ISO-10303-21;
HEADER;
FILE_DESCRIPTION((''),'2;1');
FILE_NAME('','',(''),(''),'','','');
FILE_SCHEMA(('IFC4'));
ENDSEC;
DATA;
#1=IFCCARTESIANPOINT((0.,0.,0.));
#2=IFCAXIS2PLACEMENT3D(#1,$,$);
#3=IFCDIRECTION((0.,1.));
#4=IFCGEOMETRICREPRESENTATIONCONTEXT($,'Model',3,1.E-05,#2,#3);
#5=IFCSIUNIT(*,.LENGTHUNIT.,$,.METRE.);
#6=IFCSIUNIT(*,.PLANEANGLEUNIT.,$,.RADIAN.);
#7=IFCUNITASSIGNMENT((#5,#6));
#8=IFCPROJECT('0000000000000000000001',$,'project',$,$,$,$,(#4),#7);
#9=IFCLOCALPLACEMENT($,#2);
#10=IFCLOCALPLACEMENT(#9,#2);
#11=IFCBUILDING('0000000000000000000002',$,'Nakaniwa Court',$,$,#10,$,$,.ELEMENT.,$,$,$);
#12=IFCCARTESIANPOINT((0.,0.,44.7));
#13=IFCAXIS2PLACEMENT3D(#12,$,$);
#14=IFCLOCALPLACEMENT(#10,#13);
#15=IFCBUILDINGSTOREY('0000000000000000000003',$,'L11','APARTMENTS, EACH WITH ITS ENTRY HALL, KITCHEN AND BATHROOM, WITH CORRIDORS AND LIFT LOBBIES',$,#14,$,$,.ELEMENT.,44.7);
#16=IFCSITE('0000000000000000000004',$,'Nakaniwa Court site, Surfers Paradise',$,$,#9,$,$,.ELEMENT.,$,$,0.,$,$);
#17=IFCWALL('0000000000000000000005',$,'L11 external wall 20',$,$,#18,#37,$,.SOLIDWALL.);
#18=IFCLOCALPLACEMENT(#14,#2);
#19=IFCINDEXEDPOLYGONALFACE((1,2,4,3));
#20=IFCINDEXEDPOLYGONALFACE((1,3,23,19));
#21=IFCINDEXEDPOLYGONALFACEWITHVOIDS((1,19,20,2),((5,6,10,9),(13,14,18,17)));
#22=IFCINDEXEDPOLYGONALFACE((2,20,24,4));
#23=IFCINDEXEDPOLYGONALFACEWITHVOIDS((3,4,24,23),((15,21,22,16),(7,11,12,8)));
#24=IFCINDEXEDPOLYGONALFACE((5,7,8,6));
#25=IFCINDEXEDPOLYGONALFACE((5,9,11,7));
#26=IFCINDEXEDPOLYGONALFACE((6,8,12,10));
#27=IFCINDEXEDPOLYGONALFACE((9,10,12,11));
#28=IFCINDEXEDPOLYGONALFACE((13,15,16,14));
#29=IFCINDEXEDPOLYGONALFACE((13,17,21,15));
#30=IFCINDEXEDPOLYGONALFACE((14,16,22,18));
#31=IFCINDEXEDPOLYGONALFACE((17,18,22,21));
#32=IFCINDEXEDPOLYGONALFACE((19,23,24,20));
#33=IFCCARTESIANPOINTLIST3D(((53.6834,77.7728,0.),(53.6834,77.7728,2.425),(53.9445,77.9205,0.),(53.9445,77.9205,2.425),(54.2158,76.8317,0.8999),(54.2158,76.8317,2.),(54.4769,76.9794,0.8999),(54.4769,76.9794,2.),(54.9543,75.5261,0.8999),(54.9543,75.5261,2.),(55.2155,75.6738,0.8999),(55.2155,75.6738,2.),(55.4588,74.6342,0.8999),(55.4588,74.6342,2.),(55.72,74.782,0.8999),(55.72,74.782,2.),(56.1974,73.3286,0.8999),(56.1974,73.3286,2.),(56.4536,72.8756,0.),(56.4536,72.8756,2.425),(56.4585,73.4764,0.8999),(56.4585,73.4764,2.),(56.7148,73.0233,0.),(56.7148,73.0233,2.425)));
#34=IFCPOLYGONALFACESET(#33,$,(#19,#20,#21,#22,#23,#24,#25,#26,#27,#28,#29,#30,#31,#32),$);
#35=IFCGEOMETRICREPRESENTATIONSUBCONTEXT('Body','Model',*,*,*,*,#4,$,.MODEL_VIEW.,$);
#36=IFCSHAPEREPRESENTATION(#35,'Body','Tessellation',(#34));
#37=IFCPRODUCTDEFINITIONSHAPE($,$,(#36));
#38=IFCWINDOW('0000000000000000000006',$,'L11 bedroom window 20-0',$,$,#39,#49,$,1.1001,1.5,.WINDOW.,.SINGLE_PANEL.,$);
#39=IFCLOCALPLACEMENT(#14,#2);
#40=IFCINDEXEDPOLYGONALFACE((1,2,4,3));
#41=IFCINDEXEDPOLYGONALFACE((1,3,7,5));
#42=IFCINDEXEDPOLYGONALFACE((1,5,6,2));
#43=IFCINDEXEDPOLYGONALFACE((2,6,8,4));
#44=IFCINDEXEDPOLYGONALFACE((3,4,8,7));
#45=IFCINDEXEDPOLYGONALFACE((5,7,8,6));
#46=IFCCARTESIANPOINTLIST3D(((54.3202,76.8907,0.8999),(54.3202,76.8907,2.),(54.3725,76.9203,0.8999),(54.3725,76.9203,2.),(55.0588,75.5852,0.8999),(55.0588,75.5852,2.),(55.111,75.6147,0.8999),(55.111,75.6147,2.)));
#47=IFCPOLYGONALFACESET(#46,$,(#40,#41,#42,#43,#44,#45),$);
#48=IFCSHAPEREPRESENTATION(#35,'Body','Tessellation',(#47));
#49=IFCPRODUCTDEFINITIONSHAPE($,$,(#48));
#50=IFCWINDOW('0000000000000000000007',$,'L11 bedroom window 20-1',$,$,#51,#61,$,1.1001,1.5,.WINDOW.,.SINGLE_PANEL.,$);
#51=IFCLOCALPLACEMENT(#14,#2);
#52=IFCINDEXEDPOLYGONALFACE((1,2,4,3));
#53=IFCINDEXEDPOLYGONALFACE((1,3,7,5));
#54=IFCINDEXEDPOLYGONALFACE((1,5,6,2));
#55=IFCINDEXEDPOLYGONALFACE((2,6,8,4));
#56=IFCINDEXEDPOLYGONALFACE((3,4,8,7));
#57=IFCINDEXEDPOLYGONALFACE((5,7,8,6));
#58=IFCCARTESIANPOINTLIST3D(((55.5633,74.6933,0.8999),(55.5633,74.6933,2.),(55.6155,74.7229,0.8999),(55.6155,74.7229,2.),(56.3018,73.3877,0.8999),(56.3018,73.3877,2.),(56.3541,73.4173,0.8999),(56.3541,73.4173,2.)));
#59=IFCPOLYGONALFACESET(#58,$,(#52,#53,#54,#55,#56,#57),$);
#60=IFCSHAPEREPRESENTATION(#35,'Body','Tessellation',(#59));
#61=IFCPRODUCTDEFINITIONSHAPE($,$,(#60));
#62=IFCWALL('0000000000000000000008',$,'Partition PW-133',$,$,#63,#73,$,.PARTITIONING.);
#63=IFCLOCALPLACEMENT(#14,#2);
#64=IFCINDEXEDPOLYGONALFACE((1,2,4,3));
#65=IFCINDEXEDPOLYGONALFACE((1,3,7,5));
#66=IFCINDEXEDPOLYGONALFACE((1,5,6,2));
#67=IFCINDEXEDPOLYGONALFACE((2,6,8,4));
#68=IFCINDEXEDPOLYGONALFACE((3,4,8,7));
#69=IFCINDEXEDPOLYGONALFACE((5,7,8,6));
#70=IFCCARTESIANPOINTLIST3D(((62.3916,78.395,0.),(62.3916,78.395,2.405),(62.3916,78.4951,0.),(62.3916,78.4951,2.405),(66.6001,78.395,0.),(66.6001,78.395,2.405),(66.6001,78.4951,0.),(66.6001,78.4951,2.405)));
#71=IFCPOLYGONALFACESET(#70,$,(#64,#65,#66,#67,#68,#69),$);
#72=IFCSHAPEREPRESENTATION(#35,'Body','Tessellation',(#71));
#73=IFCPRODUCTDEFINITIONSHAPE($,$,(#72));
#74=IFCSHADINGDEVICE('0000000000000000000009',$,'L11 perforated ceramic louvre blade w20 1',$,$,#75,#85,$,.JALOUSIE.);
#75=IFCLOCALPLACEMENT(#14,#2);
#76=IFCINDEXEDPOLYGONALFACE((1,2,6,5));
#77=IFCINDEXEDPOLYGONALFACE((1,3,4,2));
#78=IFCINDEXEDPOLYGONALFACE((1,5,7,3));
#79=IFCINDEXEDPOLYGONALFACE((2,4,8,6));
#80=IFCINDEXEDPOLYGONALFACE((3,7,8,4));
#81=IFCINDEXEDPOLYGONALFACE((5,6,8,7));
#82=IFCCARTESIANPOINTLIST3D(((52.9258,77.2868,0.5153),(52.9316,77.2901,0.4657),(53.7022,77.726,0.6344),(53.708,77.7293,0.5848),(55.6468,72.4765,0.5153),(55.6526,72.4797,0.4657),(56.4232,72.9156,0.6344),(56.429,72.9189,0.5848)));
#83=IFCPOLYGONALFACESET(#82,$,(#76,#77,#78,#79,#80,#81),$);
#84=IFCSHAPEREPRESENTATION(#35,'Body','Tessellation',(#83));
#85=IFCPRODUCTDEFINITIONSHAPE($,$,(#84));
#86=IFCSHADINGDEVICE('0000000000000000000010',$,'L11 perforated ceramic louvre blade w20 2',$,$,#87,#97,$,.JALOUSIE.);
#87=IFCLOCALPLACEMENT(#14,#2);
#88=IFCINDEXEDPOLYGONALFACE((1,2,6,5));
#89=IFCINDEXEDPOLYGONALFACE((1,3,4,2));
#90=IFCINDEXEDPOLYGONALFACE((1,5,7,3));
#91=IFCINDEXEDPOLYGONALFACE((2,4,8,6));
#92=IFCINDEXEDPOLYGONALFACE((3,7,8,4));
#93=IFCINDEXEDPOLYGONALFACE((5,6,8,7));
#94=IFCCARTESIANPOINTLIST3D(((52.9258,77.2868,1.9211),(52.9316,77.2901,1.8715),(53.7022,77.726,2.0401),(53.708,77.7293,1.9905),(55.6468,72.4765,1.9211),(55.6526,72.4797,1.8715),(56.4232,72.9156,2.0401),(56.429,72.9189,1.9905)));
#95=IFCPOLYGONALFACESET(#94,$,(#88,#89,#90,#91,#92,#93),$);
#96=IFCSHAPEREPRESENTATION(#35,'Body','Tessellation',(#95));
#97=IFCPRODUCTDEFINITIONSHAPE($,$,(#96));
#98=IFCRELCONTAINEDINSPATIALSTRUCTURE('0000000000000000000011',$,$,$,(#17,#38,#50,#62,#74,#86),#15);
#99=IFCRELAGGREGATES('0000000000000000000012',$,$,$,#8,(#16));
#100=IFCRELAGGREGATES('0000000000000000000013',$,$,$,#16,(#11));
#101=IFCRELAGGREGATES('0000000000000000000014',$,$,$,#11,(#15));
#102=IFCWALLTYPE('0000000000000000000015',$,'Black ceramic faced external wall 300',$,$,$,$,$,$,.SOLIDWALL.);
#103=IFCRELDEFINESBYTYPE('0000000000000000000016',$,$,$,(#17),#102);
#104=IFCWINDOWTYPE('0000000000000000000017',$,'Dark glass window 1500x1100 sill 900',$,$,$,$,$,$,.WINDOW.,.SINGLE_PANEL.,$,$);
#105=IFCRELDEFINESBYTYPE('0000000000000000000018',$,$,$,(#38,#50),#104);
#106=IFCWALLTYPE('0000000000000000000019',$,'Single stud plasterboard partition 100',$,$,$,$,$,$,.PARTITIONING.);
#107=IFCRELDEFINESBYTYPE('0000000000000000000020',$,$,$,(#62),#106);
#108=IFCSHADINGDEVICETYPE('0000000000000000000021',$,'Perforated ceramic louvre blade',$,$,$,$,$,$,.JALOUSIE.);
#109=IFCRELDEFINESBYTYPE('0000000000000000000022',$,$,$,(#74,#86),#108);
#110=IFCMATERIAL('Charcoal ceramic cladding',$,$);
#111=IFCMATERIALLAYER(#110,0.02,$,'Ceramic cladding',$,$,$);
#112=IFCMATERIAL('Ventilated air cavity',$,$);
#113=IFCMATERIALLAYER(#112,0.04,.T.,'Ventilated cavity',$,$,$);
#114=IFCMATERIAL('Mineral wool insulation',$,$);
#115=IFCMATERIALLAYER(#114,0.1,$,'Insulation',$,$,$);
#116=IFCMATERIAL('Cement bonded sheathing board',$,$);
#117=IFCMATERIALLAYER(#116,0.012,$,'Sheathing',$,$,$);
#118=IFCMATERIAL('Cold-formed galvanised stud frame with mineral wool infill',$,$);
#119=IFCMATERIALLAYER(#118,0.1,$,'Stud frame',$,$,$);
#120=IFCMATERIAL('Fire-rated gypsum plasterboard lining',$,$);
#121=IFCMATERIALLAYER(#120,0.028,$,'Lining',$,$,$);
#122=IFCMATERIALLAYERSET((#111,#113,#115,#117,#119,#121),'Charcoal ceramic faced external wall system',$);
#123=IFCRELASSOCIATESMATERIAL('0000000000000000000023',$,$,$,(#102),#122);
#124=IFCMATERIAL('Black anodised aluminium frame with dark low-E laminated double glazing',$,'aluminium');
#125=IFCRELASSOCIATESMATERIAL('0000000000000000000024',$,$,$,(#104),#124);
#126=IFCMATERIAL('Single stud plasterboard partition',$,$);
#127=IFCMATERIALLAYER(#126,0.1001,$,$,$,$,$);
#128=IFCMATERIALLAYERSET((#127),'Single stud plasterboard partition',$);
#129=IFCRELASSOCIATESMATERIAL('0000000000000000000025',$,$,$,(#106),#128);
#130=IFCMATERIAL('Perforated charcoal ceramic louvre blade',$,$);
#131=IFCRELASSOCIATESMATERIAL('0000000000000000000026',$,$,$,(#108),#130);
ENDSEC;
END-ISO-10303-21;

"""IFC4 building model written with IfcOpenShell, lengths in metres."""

from ifc_helpers import new_model, si_unit, direction, frame, frame_2d, origin, origin_2d, place, context, subcontext, project, spatial, rectangle, extrude, material, layer, layer_set, material_profile, profile_set, type_object, element, fill, save


model = new_model("IFC4")

# Units and contexts
model_context = context("Model", 3, precision=1e-05, world=origin(), true_north=direction((0.0, 1.0)))
body_context = subcontext(model_context, "Body", "Model", "MODEL_VIEW")
ifc_project = project(units=[si_unit("LENGTHUNIT", "METRE"), si_unit("PLANEANGLEUNIT", "RADIAN")], contexts=[model_context])

# Site, building, storey
site_placement = place(None, origin())
site = spatial("IfcSite", under=ifc_project, at=site_placement, Name="Nakaniwa Court site, Surfers Paradise", CompositionType="ELEMENT", RefElevation=0.0)
building_placement = place(site_placement, origin())
building = spatial("IfcBuilding", under=site, at=building_placement, Name="Nakaniwa Court", CompositionType="ELEMENT")
storey_placement = place(building_placement, frame((0.0, 0.0, 44.7)))
storey = spatial("IfcBuildingStorey", under=building, at=storey_placement, Name="L11", Description="APARTMENTS, EACH WITH ITS ENTRY HALL, KITCHEN AND BATHROOM, WITH CORRIDORS AND LIFT LOBBIES", CompositionType="ELEMENT", Elevation=44.7)

# Shared definitions
ifc_material_1 = material(Name="Charcoal ceramic cladding")
ifc_layer_1 = layer(ifc_material_1, 0.02, Name="Ceramic cladding")
ifc_material_2 = material(Name="Ventilated air cavity")
ifc_layer_2 = layer(ifc_material_2, 0.04, ventilated=True, Name="Ventilated cavity")
ifc_material_3 = material(Name="Mineral wool insulation")
ifc_layer_3 = layer(ifc_material_3, 0.1, Name="Insulation")
ifc_material_4 = material(Name="Cement bonded sheathing board")
ifc_layer_4 = layer(ifc_material_4, 0.012, Name="Sheathing")
ifc_material_5 = material(Name="Cold-formed galvanised stud frame with mineral wool infill")
ifc_layer_5 = layer(ifc_material_5, 0.1, Name="Stud frame")
ifc_material_6 = material(Name="Fire-rated gypsum plasterboard lining")
ifc_layer_6 = layer(ifc_material_6, 0.028, Name="Lining")
ifc_layer_set_1 = layer_set([ifc_layer_1, ifc_layer_2, ifc_layer_3, ifc_layer_4, ifc_layer_5, ifc_layer_6], Name="Charcoal ceramic faced external wall system")
wall_type_1 = type_object("IfcWallType", Name="Black ceramic faced external wall 300", PredefinedType="SOLIDWALL", material=ifc_layer_set_1)
ifc_material_7 = material(Name="Black anodised aluminium frame with dark low-E laminated double glazing", Category="aluminium")
window_type_1 = type_object("IfcWindowType", Name="Dark glass window 1500x1100 sill 900", PartitioningType="SINGLE_PANEL", PredefinedType="WINDOW", material=ifc_material_7)

# Wall, openings, windows
wall_1_placement = place(storey_placement, frame((53.814, 77.8467, 0.0), z_axis=(0.0, 0.0, 1.0), x_axis=(0.492363, -0.87039, 0.0)))
wall_1 = element("IfcWall", 1, at=wall_1_placement, inside=storey, type_object=wall_type_1, Name="L11 external wall 20", PredefinedType="SOLIDWALL", context=body_context, shape_type="SweptSolid", body=[
    extrude(rectangle(XDim=5.6265, YDim=0.3, at=frame_2d((2.8132, 0.0))), origin(), (0.0, 0.0, 1.0), 2.425),
])
opening_1_placement = place(wall_1_placement, frame((1.0813, 0.0, 0.8999)))
opening_1 = element("IfcOpeningElement", 2, at=opening_1_placement, cuts=wall_1, PredefinedType="OPENING", context=body_context, shape_type="SweptSolid", body=[
    extrude(rectangle(XDim=1.5, YDim=1.1001, at=frame_2d((0.75, 0.55))), frame((0.0, 0.1599, 0.0), z_axis=(0.0, -1.0, 0.0), x_axis=(1.0, 0.0, 0.0)), (0.0, 0.0, 1.0), 0.3201),
])
opening_2_placement = place(wall_1_placement, frame((3.606, 0.0, 0.8999)))
opening_2 = element("IfcOpeningElement", 3, at=opening_2_placement, cuts=wall_1, PredefinedType="OPENING", context=body_context, shape_type="SweptSolid", body=[
    extrude(rectangle(XDim=1.5, YDim=1.1001, at=frame_2d((0.75, 0.55))), frame((0.0, 0.1599, 0.0), z_axis=(0.0, -1.0, 0.0), x_axis=(1.0, 0.0, 0.0)), (0.0, 0.0, 1.0), 0.3201),
])
window_1_placement = place(opening_1_placement, origin())
window_1 = element("IfcWindow", 4, at=window_1_placement, inside=storey, type_object=window_type_1, Name="L11 bedroom window 20-0", OverallHeight=1.1001, OverallWidth=1.5, PartitioningType="SINGLE_PANEL", PredefinedType="WINDOW", context=body_context, shape_type="SweptSolid", body=[
    extrude(rectangle(XDim=1.5, YDim=1.1001, at=frame_2d((0.75, 0.55))), frame((0.0, 0.03, 0.0), z_axis=(0.0, -1.0, 0.0), x_axis=(1.0, 0.0, 0.0)), (0.0, 0.0, 1.0), 0.0601),
])
fill(opening_1, window_1)
window_2_placement = place(opening_2_placement, origin())
window_2 = element("IfcWindow", 5, at=window_2_placement, inside=storey, type_object=window_type_1, Name="L11 bedroom window 20-1", OverallHeight=1.1001, OverallWidth=1.5, PartitioningType="SINGLE_PANEL", PredefinedType="WINDOW", context=body_context, shape_type="SweptSolid", body=[
    extrude(rectangle(XDim=1.5, YDim=1.1001, at=frame_2d((0.75, 0.55))), frame((0.0, 0.03, 0.0), z_axis=(0.0, -1.0, 0.0), x_axis=(1.0, 0.0, 0.0)), (0.0, 0.0, 1.0), 0.0601),
])
fill(opening_2, window_2)

# Wall
ifc_material_8 = material(Name="Single stud plasterboard partition")
ifc_layer_7 = layer(ifc_material_8, 0.1001)
ifc_layer_set_2 = layer_set([ifc_layer_7], Name="Single stud plasterboard partition")
wall_type_2 = type_object("IfcWallType", Name="Single stud plasterboard partition 100", PredefinedType="PARTITIONING", material=ifc_layer_set_2)
wall_2_placement = place(storey_placement, frame((62.3916, 78.4451, 0.0), z_axis=(0.0, 0.0, 1.0), x_axis=(1.0, 0.0, 0.0)))
element("IfcWall", 6, at=wall_2_placement, inside=storey, type_object=wall_type_2, Name="Partition PW-133", PredefinedType="PARTITIONING", context=body_context, shape_type="SweptSolid", body=[
    extrude(rectangle(XDim=4.2085, YDim=0.1001, at=frame_2d((2.1042, 0.0))), origin(), (0.0, 0.0, 1.0), 2.405),
])

# Shading devices
ifc_material_9 = material(Name="Perforated charcoal ceramic louvre blade")
ifc_material_profile_1 = material_profile(ifc_material_9, rectangle(XDim=0.8999, YDim=0.05, at=origin_2d()), Name="Perforated ceramic louvre blade")
ifc_profile_set_1 = profile_set([ifc_material_profile_1], Name="Perforated charcoal ceramic louvre blade")
shading_device_type = type_object("IfcShadingDeviceType", Name="Perforated ceramic louvre blade", PredefinedType="JALOUSIE", material=ifc_profile_set_1)
for number, where, z_axis, x_axis, name in (
    (7, (53.3169, 77.5081, 0.55), (0.492343, -0.870402, 0.0), (0.862756, 0.488018, 0.132256), "L11 perforated ceramic louvre blade w20 1"),
    (8, (53.3169, 77.5081, 1.9558), (0.492343, -0.870402, 0.0), (0.862756, 0.488018, 0.132256), "L11 perforated ceramic louvre blade w20 2"),
):
    element("IfcShadingDevice", number, at=place(storey_placement, frame(where, z_axis=z_axis, x_axis=x_axis)), inside=storey, type_object=shading_device_type, Name=name, PredefinedType="JALOUSIE", context=body_context, shape_type="SweptSolid", body=[
        extrude(rectangle(XDim=0.8999, YDim=0.05, at=origin_2d()), origin(), (0.0, 0.0, 1.0), 5.5266),
    ])

save(model, "model.ifc")
